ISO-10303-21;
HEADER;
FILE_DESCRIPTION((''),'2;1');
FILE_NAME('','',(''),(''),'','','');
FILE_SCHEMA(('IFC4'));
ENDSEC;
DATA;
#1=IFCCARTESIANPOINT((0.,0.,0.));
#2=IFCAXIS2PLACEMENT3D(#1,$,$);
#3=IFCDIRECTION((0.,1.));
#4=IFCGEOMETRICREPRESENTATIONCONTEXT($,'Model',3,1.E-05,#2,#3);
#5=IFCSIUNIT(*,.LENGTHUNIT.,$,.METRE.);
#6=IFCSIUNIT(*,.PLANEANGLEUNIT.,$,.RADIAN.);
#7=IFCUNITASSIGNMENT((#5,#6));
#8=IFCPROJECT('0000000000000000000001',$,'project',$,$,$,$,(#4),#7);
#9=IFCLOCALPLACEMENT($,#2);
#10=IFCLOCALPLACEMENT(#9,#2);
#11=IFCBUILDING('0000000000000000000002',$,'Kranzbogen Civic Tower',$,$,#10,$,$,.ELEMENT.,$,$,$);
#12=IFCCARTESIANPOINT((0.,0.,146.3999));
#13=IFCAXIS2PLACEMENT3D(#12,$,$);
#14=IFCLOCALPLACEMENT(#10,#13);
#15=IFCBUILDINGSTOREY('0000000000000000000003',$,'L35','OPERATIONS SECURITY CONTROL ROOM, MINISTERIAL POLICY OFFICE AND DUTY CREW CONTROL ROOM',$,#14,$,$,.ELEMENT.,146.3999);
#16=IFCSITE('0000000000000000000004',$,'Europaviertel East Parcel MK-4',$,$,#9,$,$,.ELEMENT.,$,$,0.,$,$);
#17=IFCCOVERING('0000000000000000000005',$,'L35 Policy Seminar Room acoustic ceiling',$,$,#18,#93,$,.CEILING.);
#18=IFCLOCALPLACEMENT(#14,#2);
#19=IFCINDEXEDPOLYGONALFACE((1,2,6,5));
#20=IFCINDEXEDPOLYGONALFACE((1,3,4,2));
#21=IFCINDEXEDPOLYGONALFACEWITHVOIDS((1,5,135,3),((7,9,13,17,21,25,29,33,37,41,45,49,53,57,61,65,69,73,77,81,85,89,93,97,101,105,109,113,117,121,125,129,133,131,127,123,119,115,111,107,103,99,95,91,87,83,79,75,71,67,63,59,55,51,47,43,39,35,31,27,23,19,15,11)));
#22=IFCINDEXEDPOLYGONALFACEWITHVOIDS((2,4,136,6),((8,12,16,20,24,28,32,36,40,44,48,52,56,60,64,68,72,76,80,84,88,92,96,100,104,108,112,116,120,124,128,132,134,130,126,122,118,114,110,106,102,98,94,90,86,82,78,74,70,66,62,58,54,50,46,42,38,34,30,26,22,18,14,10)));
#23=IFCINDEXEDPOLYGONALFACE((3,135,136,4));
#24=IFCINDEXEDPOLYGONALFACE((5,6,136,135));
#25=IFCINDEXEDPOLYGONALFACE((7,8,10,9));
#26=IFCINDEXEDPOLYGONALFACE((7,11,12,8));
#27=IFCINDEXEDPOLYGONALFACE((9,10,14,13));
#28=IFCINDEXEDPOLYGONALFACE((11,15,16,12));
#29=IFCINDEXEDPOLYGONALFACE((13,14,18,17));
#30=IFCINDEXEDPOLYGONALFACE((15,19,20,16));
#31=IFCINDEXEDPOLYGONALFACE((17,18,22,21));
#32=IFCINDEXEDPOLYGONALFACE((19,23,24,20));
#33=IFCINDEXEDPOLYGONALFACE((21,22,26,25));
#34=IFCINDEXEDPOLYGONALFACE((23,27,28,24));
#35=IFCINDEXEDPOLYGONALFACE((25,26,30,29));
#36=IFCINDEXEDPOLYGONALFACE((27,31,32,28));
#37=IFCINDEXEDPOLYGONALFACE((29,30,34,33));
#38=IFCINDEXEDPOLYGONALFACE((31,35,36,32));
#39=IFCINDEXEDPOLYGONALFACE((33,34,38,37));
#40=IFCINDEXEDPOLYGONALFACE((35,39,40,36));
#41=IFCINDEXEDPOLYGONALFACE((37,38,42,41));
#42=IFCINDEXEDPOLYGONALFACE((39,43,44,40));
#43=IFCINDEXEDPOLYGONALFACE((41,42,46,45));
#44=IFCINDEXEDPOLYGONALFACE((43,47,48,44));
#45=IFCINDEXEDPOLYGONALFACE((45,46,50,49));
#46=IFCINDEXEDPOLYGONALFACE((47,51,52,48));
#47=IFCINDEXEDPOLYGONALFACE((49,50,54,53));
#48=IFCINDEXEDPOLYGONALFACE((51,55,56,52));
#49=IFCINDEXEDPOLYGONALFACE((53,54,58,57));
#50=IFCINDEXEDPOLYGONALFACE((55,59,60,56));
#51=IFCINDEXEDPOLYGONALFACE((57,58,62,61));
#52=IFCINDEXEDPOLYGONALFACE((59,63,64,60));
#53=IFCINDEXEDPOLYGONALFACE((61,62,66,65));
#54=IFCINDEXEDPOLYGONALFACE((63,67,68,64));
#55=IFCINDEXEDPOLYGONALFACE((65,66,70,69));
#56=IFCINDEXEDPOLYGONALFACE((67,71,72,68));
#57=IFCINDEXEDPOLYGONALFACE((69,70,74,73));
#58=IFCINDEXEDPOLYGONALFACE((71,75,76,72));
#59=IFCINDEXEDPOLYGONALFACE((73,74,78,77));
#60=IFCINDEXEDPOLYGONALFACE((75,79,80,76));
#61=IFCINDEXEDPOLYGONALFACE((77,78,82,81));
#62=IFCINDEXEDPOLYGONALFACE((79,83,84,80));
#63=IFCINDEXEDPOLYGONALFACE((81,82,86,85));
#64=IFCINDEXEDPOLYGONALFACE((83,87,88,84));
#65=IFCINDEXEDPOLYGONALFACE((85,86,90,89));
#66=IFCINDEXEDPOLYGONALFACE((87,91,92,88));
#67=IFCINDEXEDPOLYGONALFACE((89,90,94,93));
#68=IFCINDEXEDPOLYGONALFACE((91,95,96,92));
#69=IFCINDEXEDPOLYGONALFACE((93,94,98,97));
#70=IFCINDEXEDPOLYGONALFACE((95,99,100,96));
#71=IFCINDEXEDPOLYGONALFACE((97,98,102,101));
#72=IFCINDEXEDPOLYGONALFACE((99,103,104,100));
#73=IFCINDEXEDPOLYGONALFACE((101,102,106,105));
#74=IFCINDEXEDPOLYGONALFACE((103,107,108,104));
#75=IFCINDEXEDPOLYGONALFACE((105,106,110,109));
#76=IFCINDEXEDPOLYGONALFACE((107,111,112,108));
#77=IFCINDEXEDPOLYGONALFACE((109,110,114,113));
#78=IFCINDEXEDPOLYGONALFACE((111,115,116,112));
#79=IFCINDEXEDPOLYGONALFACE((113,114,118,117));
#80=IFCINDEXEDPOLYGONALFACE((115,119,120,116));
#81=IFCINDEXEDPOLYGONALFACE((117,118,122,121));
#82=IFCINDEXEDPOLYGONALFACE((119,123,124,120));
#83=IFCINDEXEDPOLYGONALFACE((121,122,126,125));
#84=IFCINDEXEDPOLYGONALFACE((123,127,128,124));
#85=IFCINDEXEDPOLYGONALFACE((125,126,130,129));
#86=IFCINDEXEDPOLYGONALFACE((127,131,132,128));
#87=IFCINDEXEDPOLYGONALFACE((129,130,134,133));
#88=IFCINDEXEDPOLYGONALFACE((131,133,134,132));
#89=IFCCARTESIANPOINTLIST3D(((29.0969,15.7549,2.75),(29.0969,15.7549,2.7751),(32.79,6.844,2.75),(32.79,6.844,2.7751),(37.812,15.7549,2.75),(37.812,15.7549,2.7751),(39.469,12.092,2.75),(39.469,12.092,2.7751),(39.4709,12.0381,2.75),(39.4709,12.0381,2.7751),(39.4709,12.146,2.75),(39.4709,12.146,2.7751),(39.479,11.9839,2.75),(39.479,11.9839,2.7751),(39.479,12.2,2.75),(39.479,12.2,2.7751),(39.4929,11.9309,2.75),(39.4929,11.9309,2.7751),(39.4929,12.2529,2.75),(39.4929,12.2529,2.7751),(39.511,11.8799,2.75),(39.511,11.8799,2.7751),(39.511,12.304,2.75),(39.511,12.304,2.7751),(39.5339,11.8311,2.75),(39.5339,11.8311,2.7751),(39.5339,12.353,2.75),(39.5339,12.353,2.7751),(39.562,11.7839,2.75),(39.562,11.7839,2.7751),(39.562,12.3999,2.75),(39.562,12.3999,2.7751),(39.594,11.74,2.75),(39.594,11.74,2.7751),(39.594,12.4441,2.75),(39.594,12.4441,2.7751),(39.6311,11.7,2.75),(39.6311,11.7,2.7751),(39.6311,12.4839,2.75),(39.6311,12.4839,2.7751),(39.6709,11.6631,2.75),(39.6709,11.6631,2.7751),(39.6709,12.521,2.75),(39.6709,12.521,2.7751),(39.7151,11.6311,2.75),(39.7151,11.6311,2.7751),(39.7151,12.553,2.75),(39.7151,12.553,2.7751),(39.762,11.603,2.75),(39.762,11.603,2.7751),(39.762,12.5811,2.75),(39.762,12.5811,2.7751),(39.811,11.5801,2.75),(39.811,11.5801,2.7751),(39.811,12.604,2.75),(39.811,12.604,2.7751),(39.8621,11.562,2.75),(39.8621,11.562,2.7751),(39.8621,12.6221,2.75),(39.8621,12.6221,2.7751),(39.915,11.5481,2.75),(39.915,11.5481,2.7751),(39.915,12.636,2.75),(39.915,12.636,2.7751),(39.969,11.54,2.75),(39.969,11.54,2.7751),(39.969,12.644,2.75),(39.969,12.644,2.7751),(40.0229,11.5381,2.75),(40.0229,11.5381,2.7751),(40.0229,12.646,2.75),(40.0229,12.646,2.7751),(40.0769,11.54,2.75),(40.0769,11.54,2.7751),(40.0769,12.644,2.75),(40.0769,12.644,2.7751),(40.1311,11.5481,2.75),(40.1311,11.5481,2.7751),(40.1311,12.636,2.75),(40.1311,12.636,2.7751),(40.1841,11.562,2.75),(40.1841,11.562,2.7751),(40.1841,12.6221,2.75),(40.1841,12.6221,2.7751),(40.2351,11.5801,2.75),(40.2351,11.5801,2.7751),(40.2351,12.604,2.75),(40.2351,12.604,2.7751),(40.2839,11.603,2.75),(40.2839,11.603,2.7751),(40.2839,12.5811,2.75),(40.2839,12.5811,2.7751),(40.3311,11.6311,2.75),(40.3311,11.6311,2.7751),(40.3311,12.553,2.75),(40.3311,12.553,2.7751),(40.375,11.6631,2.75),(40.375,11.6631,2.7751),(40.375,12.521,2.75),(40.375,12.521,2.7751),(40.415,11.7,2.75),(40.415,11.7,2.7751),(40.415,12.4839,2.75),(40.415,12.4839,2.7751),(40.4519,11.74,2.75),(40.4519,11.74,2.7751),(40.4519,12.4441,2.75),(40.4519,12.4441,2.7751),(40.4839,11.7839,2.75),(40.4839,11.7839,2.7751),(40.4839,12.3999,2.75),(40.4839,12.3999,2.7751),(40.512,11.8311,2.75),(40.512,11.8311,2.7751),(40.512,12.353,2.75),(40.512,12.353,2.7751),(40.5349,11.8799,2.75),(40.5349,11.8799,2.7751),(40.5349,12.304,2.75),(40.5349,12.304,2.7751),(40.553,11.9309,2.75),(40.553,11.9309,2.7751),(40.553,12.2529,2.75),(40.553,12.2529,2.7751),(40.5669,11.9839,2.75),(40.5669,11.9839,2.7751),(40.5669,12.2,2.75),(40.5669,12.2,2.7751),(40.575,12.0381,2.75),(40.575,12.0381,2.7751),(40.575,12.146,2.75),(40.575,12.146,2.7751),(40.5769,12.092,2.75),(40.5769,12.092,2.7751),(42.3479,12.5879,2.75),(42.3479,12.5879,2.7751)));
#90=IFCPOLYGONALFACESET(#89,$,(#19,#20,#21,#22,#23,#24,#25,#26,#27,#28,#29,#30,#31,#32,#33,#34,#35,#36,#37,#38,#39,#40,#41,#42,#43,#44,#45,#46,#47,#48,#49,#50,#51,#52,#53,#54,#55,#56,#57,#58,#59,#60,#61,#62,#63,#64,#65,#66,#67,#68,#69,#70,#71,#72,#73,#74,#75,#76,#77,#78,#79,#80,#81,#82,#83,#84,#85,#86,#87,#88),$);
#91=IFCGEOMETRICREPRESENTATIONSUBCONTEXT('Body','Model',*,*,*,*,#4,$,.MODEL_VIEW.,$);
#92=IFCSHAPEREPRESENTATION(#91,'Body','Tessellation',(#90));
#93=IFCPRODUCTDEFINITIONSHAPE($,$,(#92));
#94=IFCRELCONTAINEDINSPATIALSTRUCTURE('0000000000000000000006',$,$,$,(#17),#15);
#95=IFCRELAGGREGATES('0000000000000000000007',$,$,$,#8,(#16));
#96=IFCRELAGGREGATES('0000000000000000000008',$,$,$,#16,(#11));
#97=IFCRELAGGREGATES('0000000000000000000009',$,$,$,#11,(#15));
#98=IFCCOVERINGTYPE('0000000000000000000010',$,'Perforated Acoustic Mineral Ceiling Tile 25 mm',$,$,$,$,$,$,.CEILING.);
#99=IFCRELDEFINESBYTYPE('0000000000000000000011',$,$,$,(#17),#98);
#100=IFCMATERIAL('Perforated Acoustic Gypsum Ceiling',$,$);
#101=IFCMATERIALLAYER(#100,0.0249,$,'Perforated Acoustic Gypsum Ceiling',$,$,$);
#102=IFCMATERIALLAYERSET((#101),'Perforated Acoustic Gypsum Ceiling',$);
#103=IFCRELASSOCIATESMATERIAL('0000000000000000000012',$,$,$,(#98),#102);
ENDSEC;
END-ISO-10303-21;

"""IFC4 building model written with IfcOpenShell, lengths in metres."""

from ifc_helpers import new_model, si_unit, direction, frame, origin, place, context, subcontext, project, spatial, polyline, outline, extrude, material, layer, layer_set, type_object, element, save


model = new_model("IFC4")

# Units and contexts
model_context = context("Model", 3, precision=1e-05, world=origin(), true_north=direction((0.0, 1.0)))
body_context = subcontext(model_context, "Body", "Model", "MODEL_VIEW")
ifc_project = project(units=[si_unit("LENGTHUNIT", "METRE"), si_unit("PLANEANGLEUNIT", "RADIAN")], contexts=[model_context])

# Site, building, storey
site_placement = place(None, origin())
site = spatial("IfcSite", under=ifc_project, at=site_placement, Name="Europaviertel East Parcel MK-4", CompositionType="ELEMENT", RefElevation=0.0)
building_placement = place(site_placement, origin())
building = spatial("IfcBuilding", under=site, at=building_placement, Name="Kranzbogen Civic Tower", CompositionType="ELEMENT")
storey_placement = place(building_placement, frame((0.0, 0.0, 146.3999)))
storey = spatial("IfcBuildingStorey", under=building, at=storey_placement, Name="L35", Description="OPERATIONS SECURITY CONTROL ROOM, MINISTERIAL POLICY OFFICE AND DUTY CREW CONTROL ROOM", CompositionType="ELEMENT", Elevation=146.3999)

# Covering
ifc_material_1 = material(Name="Perforated Acoustic Gypsum Ceiling")
ifc_layer_1 = layer(ifc_material_1, 0.0249, Name="Perforated Acoustic Gypsum Ceiling")
ifc_layer_set_1 = layer_set([ifc_layer_1], Name="Perforated Acoustic Gypsum Ceiling")
covering_type = type_object("IfcCoveringType", Name="Perforated Acoustic Mineral Ceiling Tile 25 mm", PredefinedType="CEILING", material=ifc_layer_set_1)
covering_1_placement = place(storey_placement, frame((0.0, 0.0, 2.75)))
element("IfcCovering", 1, at=covering_1_placement, inside=storey, type_object=covering_type, Name="L35 Policy Seminar Room acoustic ceiling", PredefinedType="CEILING", context=body_context, shape_type="SweptSolid", body=[
    extrude(outline(polyline([(29.0969, 15.7549), (37.812, 15.7549), (42.3479, 12.5879), (32.79, 6.844), (29.0969, 15.7549)]), holes=[polyline([(40.5349, 11.8799), (40.512, 11.8311), (40.4839, 11.7839), (40.4519, 11.74), (40.415, 11.7), (40.375, 11.6631), (40.3311, 11.6311), (40.2839, 11.603), (40.2351, 11.5801), (40.1841, 11.562), (40.1311, 11.5481), (40.0769, 11.54), (40.0229, 11.5381), (39.969, 11.54), (39.915, 11.5481), (39.8621, 11.562), (39.811, 11.5801), (39.762, 11.603), (39.7151, 11.6311), (39.6709, 11.6631), (39.6311, 11.7), (39.594, 11.74), (39.562, 11.7839), (39.5339, 11.8311), (39.511, 11.8799), (39.4929, 11.9309), (39.479, 11.9839), (39.4709, 12.0381), (39.469, 12.092), (39.4709, 12.146), (39.479, 12.2), (39.4929, 12.2529), (39.511, 12.304), (39.5339, 12.353), (39.562, 12.3999), (39.594, 12.4441), (39.6311, 12.4839), (39.6709, 12.521), (39.7151, 12.553), (39.762, 12.5811), (39.811, 12.604), (39.8621, 12.6221), (39.915, 12.636), (39.969, 12.644), (40.0229, 12.646), (40.0769, 12.644), (40.1311, 12.636), (40.1841, 12.6221), (40.2351, 12.604), (40.2839, 12.5811), (40.3311, 12.553), (40.375, 12.521), (40.415, 12.4839), (40.4519, 12.4441), (40.4839, 12.3999), (40.512, 12.353), (40.5349, 12.304), (40.553, 12.2529), (40.5669, 12.2), (40.575, 12.146), (40.5769, 12.092), (40.575, 12.0381), (40.5669, 11.9839), (40.553, 11.9309), (40.5349, 11.8799)])]), origin(), (0.0, 0.0, 1.0), 0.0251),
])

save(model, "model.ifc")
